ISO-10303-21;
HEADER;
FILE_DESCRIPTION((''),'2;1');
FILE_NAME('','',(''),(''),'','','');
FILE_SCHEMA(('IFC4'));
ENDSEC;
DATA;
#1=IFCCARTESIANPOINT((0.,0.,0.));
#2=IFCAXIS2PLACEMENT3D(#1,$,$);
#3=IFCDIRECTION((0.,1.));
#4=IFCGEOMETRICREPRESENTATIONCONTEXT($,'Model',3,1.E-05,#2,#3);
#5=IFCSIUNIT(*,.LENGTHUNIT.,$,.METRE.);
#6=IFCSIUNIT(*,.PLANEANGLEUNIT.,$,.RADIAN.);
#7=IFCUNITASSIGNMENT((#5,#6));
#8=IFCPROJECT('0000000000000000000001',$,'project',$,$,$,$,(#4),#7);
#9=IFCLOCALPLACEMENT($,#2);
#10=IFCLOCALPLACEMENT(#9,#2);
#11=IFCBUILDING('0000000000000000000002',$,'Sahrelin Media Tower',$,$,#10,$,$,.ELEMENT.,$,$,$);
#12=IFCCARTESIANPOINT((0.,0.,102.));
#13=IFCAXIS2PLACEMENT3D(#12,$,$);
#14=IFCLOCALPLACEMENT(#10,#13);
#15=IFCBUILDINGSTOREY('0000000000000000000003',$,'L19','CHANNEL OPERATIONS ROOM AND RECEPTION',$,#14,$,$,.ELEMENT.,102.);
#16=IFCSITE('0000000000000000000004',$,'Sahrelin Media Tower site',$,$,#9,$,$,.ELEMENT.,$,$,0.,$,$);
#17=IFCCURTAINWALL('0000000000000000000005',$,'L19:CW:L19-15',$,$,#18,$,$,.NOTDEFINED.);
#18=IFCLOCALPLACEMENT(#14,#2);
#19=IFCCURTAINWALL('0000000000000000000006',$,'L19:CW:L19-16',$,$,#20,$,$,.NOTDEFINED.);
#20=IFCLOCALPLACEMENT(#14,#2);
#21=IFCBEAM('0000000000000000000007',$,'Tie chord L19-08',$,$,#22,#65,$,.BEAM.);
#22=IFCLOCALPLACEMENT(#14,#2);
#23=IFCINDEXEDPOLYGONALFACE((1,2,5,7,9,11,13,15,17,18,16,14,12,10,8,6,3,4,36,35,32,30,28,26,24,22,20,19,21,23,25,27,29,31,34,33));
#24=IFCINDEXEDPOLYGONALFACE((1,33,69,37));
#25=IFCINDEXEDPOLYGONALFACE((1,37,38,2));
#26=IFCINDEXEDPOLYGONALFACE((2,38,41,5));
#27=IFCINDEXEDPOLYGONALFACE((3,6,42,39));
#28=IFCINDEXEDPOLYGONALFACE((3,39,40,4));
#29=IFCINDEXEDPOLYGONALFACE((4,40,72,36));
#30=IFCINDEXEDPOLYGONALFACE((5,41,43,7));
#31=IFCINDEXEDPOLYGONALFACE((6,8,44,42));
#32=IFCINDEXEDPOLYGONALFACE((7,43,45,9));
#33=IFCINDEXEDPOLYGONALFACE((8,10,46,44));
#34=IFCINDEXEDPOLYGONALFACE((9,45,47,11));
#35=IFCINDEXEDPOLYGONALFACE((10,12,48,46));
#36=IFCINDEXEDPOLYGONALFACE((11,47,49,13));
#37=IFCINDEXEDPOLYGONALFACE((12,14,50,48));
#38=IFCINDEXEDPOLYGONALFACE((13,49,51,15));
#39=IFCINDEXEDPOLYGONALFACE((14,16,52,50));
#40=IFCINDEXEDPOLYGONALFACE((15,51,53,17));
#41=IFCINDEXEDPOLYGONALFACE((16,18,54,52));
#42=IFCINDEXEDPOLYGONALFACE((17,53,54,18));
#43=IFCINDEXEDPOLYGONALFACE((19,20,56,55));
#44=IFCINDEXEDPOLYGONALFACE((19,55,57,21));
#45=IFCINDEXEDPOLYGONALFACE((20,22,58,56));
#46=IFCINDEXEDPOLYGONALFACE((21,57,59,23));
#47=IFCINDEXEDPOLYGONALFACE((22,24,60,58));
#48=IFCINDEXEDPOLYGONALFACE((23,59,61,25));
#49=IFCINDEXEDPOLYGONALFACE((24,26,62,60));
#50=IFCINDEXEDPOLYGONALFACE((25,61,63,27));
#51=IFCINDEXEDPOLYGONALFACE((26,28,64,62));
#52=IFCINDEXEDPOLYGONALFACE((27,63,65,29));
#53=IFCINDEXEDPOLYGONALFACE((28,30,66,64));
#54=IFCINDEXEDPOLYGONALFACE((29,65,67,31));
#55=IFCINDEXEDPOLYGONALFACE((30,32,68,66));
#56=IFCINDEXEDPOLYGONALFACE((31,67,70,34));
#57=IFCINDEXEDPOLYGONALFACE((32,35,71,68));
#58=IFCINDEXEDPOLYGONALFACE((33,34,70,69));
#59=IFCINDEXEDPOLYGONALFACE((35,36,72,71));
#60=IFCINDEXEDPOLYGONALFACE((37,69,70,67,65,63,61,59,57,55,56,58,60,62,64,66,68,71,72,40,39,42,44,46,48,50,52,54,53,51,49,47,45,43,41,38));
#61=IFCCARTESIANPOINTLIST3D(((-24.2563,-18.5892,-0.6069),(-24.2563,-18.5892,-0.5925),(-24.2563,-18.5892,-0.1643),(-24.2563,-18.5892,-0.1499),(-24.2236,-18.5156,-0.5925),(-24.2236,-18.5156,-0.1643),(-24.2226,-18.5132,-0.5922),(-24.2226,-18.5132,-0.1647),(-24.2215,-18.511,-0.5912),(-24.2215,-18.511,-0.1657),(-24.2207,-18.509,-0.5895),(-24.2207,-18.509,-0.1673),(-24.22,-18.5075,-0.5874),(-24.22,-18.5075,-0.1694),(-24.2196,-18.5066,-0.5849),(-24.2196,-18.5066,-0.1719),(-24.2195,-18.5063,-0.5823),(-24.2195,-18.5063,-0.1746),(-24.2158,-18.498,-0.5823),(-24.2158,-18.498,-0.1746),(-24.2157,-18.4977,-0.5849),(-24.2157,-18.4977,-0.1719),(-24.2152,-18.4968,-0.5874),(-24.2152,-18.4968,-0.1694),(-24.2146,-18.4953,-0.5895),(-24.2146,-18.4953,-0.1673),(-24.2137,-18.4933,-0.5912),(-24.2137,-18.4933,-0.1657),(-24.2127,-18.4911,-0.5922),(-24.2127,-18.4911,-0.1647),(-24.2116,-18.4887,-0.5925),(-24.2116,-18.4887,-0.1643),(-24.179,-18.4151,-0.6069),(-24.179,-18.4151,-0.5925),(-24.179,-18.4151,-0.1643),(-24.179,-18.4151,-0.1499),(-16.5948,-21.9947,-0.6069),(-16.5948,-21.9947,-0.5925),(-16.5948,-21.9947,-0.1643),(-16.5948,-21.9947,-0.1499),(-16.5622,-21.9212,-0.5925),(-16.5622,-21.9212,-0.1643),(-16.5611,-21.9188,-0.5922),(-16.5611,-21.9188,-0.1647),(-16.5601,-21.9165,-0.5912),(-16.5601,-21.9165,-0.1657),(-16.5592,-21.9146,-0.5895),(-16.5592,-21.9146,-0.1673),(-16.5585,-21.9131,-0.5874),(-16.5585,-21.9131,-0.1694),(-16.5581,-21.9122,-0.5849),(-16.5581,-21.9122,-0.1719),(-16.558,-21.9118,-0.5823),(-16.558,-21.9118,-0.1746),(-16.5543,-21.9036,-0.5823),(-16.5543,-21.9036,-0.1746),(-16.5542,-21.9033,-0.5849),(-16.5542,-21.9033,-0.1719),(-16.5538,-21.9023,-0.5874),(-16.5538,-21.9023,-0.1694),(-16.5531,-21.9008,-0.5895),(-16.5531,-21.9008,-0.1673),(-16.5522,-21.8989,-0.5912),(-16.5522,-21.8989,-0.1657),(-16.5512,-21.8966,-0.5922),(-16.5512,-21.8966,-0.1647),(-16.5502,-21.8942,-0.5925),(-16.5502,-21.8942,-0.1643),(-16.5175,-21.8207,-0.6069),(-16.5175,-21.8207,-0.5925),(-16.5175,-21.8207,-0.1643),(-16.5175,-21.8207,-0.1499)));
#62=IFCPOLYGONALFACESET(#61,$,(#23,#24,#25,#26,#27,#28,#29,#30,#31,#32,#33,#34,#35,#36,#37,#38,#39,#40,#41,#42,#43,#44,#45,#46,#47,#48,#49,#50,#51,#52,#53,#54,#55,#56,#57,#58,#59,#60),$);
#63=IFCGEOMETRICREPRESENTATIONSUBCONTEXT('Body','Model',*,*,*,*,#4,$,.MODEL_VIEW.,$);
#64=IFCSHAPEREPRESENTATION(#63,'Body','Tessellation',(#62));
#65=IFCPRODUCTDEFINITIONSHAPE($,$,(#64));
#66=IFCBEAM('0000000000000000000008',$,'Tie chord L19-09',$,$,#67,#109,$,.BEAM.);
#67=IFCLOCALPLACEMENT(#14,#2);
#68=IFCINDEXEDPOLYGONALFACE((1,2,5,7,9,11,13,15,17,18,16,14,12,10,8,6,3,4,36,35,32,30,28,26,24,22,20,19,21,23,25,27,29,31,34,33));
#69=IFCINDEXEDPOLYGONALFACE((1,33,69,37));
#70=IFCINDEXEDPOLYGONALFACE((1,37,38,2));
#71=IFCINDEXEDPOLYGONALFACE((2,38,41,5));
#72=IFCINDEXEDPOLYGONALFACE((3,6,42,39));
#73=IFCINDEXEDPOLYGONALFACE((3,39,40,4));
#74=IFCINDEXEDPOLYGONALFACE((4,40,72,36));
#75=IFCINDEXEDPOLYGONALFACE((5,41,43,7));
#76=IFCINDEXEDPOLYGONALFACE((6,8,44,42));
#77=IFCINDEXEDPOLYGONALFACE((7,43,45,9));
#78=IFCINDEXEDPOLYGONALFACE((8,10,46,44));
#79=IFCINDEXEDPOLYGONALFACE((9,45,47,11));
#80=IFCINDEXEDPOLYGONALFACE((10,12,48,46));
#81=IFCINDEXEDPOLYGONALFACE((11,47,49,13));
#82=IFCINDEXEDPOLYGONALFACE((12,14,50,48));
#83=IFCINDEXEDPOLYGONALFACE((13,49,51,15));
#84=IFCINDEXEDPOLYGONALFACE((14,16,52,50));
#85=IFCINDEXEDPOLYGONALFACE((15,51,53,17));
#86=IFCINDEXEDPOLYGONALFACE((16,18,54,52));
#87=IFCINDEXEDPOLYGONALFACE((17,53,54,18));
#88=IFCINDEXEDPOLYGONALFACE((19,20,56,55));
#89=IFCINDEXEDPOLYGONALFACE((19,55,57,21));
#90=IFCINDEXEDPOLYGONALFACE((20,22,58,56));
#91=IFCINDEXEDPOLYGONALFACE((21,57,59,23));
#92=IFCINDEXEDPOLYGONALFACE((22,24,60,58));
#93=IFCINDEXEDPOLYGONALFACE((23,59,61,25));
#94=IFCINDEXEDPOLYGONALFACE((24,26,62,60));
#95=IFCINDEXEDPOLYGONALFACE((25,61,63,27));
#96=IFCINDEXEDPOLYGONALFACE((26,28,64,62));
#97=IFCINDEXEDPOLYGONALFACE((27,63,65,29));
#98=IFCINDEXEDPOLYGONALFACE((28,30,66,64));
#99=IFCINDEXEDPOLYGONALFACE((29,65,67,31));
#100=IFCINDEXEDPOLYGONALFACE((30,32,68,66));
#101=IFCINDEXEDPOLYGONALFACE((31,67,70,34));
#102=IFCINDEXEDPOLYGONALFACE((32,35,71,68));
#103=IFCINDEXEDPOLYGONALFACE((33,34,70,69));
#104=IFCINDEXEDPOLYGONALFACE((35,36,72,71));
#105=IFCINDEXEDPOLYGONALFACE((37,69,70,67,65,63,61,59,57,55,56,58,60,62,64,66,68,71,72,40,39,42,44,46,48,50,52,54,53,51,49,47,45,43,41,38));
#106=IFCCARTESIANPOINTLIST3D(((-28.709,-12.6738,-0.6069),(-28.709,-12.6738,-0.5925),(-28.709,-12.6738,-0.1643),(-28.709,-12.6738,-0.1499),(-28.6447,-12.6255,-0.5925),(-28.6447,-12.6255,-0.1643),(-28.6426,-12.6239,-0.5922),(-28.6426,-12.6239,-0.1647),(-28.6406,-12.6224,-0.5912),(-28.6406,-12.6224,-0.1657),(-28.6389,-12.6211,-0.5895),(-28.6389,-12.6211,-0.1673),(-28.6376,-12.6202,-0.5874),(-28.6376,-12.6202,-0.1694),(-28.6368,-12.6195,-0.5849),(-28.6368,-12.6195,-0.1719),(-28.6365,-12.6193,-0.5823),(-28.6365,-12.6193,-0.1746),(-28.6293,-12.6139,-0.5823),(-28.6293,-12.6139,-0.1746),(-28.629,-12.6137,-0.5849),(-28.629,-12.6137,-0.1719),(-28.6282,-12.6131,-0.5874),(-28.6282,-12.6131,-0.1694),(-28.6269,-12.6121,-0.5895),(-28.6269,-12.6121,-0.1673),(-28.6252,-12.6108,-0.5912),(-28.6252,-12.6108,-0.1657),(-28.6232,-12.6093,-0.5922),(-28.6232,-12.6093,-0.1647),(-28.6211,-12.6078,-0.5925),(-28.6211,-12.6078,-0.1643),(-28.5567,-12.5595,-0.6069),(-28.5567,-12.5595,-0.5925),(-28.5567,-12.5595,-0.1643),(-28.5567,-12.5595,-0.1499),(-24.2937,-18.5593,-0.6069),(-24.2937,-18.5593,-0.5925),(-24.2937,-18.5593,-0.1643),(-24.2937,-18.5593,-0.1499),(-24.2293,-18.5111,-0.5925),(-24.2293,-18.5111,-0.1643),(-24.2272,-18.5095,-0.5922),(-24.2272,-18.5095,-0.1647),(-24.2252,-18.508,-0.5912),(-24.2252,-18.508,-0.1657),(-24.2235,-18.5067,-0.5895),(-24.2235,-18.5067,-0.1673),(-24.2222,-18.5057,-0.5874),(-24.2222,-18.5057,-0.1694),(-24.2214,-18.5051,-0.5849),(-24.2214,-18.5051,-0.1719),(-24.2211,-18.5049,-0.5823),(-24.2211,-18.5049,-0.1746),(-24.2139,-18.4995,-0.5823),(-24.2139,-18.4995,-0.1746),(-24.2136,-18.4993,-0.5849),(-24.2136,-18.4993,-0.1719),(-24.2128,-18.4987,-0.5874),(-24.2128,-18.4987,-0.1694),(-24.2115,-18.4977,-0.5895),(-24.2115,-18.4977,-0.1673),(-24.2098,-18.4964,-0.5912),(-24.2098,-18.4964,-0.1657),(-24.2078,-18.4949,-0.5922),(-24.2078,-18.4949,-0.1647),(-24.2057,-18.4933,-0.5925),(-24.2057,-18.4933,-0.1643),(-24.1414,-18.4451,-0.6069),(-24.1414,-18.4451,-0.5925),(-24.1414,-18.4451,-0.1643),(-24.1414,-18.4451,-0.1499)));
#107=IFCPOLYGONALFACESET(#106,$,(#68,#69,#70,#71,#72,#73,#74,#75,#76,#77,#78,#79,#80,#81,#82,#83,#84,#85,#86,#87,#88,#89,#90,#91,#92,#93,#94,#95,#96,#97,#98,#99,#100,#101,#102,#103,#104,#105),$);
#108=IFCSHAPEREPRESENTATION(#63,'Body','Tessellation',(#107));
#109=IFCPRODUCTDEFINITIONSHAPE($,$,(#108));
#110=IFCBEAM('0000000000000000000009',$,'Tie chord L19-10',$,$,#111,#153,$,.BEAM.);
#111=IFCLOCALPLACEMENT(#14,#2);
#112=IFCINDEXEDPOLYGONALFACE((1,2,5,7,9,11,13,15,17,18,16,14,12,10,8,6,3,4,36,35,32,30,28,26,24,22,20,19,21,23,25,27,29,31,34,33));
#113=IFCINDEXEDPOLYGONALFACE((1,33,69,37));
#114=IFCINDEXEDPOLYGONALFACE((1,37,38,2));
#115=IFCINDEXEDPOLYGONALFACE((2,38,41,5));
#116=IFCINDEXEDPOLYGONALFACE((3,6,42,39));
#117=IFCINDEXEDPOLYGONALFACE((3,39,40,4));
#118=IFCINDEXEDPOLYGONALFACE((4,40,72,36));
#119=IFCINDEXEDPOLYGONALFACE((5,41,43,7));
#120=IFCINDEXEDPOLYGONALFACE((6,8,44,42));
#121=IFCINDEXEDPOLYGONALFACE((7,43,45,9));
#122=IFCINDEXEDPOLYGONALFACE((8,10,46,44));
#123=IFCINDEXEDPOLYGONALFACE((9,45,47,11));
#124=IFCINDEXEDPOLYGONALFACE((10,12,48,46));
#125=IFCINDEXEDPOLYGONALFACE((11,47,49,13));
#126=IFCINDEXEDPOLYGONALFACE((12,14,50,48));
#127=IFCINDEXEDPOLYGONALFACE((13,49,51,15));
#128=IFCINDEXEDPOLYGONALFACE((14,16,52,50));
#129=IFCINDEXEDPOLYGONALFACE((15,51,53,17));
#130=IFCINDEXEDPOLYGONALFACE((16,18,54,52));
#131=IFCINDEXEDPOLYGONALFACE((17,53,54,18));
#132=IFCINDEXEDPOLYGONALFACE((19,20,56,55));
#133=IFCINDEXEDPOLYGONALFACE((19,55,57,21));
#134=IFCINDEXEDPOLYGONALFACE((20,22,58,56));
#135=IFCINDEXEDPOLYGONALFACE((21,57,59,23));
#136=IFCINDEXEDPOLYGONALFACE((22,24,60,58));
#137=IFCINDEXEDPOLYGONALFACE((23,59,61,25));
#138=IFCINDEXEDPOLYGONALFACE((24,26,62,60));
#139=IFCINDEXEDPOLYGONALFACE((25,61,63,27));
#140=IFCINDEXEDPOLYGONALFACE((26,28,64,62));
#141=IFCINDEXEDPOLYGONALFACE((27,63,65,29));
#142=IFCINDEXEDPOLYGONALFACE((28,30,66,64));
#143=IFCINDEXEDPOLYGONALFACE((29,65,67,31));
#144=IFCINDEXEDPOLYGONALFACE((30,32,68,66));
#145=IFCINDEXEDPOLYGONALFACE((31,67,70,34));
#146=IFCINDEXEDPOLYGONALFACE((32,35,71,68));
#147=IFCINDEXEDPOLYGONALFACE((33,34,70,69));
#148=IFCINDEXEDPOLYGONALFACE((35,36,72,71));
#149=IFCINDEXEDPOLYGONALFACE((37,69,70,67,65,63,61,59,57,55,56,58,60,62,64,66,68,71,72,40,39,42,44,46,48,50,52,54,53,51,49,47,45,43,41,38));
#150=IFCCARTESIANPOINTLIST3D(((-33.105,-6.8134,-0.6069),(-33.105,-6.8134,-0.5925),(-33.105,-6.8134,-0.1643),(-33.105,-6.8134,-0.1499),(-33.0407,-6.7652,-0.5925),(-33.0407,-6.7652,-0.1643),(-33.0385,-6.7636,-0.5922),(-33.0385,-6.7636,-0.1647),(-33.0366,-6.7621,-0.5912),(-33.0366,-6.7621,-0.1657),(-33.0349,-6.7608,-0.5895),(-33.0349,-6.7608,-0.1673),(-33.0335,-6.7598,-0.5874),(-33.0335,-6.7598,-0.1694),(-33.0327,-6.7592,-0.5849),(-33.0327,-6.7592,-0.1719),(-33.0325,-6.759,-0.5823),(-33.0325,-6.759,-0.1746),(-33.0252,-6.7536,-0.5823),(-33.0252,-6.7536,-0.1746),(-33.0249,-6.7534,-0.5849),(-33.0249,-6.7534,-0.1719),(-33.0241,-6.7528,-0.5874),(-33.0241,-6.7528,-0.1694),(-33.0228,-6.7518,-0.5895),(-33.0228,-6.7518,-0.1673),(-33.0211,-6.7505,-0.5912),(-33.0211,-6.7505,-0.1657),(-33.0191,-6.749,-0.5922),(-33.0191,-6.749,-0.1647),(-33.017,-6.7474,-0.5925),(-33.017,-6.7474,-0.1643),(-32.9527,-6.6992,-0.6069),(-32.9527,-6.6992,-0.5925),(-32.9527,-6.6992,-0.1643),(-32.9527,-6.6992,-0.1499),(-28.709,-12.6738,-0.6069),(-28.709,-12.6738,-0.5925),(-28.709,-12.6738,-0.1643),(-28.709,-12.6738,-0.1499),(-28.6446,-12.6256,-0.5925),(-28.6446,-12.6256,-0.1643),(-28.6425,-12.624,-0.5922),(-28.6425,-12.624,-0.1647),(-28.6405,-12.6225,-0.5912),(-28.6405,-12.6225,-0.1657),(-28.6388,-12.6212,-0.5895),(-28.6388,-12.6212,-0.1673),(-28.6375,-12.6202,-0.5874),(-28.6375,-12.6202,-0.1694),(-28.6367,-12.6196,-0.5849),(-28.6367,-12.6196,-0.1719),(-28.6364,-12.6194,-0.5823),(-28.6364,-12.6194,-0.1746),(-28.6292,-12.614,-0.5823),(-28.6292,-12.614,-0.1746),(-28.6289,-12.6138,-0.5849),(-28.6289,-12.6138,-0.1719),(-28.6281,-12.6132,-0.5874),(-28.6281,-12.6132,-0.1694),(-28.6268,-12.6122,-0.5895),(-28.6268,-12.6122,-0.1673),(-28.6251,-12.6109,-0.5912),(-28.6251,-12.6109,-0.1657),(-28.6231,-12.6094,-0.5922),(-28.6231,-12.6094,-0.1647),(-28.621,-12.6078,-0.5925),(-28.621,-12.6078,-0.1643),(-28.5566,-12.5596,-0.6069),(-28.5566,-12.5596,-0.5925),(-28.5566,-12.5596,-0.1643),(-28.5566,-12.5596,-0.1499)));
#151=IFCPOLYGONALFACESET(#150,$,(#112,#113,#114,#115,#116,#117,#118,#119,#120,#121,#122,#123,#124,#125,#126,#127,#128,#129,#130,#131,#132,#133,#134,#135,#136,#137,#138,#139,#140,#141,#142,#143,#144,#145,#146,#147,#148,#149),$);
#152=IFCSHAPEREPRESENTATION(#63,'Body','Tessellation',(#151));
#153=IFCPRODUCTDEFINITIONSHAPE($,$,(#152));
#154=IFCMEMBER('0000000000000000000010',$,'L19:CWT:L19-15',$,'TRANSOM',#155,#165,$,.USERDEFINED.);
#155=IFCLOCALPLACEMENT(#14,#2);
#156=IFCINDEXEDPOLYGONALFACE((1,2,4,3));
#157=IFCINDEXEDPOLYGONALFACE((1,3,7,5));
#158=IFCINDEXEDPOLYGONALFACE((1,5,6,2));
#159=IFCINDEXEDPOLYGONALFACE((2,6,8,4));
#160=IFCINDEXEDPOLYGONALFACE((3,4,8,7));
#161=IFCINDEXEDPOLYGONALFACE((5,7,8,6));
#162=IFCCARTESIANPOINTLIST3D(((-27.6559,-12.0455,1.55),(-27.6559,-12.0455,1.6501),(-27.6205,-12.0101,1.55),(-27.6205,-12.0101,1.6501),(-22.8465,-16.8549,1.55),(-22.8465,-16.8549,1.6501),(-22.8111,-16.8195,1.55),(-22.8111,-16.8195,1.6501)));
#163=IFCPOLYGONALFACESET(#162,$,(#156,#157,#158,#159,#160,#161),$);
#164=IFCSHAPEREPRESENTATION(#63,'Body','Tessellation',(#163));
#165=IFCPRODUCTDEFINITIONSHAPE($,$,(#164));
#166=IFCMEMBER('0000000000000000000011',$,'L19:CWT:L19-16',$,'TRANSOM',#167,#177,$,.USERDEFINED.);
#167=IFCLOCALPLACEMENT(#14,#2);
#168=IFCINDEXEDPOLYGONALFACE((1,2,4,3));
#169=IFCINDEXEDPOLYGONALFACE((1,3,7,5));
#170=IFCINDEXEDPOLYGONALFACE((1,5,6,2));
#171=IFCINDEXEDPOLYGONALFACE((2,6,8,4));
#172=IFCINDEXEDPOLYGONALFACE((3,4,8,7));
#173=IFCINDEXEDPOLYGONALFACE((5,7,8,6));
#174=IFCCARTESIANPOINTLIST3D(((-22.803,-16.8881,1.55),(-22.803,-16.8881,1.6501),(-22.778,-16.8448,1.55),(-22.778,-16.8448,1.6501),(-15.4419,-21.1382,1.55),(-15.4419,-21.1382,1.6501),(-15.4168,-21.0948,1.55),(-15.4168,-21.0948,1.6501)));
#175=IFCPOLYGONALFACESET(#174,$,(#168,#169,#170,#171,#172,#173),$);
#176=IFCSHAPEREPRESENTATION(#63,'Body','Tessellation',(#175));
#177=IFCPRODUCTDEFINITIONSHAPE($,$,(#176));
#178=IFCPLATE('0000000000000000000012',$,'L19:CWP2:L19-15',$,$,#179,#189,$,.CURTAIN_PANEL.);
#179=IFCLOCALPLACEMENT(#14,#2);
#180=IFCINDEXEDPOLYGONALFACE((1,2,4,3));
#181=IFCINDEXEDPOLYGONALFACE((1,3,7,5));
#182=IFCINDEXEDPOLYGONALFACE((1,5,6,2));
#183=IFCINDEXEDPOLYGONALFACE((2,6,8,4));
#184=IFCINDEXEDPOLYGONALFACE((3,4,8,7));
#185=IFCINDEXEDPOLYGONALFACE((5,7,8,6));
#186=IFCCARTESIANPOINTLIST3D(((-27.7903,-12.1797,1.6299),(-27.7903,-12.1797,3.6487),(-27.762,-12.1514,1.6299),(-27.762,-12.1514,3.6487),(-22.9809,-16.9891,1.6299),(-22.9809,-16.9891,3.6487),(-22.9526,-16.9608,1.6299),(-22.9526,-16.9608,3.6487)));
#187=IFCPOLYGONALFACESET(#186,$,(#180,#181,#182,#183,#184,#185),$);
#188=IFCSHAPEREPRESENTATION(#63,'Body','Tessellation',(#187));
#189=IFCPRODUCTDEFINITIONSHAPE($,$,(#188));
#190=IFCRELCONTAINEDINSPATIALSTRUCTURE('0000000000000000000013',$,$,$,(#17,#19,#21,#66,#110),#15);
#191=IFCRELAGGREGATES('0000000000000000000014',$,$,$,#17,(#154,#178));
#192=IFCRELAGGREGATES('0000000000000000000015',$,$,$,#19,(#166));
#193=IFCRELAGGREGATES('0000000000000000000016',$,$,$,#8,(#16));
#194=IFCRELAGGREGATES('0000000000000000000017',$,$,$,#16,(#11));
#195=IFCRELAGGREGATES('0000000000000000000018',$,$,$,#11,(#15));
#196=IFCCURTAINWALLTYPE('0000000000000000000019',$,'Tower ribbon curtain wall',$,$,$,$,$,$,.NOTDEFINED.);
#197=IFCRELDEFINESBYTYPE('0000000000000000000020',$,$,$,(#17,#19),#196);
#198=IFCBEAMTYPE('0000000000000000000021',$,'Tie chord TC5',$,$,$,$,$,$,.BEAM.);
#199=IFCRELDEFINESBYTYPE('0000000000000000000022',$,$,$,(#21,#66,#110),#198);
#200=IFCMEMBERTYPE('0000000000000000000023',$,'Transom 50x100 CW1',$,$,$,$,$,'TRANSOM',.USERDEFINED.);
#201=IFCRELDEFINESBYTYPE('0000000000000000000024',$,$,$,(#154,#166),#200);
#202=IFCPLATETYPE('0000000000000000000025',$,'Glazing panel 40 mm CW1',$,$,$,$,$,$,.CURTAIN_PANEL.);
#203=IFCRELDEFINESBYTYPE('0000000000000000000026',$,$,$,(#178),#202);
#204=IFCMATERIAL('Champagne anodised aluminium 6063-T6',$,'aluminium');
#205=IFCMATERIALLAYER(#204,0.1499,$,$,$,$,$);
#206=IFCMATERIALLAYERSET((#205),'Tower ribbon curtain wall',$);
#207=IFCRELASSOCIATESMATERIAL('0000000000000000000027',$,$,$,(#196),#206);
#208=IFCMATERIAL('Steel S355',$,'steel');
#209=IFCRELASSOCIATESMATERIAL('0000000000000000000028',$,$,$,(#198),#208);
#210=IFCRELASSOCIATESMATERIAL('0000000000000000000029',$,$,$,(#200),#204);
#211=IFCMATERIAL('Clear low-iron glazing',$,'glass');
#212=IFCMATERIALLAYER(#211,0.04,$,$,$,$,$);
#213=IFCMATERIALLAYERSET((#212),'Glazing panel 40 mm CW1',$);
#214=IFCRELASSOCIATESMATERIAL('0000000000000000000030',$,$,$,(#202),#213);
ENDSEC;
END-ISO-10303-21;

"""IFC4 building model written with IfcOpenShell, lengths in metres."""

from ifc_helpers import new_model, si_unit, direction, frame, origin, origin_2d, place, context, subcontext, project, spatial, polyline, rectangle, i_section, outline, extrude, material, layer, layer_set, material_profile, profile_set, type_object, element, aggregate, save


model = new_model("IFC4")

# Units and contexts
model_context = context("Model", 3, precision=1e-05, world=origin(), true_north=direction((0.0, 1.0)))
body_context = subcontext(model_context, "Body", "Model", "MODEL_VIEW")
ifc_project = project(units=[si_unit("LENGTHUNIT", "METRE"), si_unit("PLANEANGLEUNIT", "RADIAN")], contexts=[model_context])

# Site, building, storey
site_placement = place(None, origin())
site = spatial("IfcSite", under=ifc_project, at=site_placement, Name="Sahrelin Media Tower site", CompositionType="ELEMENT", RefElevation=0.0)
building_placement = place(site_placement, origin())
building = spatial("IfcBuilding", under=site, at=building_placement, Name="Sahrelin Media Tower", CompositionType="ELEMENT")
storey_placement = place(building_placement, frame((0.0, 0.0, 102.0)))
storey = spatial("IfcBuildingStorey", under=building, at=storey_placement, Name="L19", Description="CHANNEL OPERATIONS ROOM AND RECEPTION", CompositionType="ELEMENT", Elevation=102.0)

# Shared definitions
ifc_material_1 = material(Name="Steel S355", Category="steel")

# Curtain walls
ifc_material_2 = material(Name="Champagne anodised aluminium 6063-T6", Category="aluminium")
ifc_layer_1 = layer(ifc_material_2, 0.1499)
ifc_layer_set_1 = layer_set([ifc_layer_1], Name="Tower ribbon curtain wall")
curtain_wall_type = type_object("IfcCurtainWallType", Name="Tower ribbon curtain wall", PredefinedType="NOTDEFINED", material=ifc_layer_set_1)
curtain_wall_1_placement = place(storey_placement, frame((-25.3713, -14.5703, 0.0), z_axis=(0.0, 0.0, 1.0), x_axis=(1.0, 0.0, 0.0)))
curtain_wall_1 = element("IfcCurtainWall", 1, at=curtain_wall_1_placement, inside=storey, type_object=curtain_wall_type, Name="L19:CW:L19-15", PredefinedType="NOTDEFINED")
curtain_wall_2_placement = place(storey_placement, frame((-19.2075, -19.1604, 0.0), z_axis=(0.0, 0.0, 1.0), x_axis=(1.0, 0.0, 0.0)))
curtain_wall_2 = element("IfcCurtainWall", 2, at=curtain_wall_2_placement, inside=storey, type_object=curtain_wall_type, Name="L19:CW:L19-16", PredefinedType="NOTDEFINED")

# Beams
ifc_material_profile_1 = material_profile(ifc_material_1, i_section(OverallWidth=0.1904, OverallDepth=0.457, WebThickness=0.009, FlangeThickness=0.0144, FilletRadius=0.0103, at=origin_2d()), Name="UB 457x191x74")
ifc_profile_set_1 = profile_set([ifc_material_profile_1], Name="Steel S355")
beam_type_1 = type_object("IfcBeamType", Name="Tie chord TC5", PredefinedType="BEAM", material=ifc_profile_set_1)
beam_1_placement = place(storey_placement, frame((-16.5562, -21.9077, -0.3784), z_axis=(-0.913791, 0.406184, 0.0), x_axis=(-0.406184, -0.913791, 0.0)))
element("IfcBeam", 3, at=beam_1_placement, inside=storey, type_object=beam_type_1, Name="Tie chord L19-08", PredefinedType="BEAM", context=body_context, shape_type="SweptSolid", body=[
    extrude(i_section(OverallWidth=0.1904, OverallDepth=0.457, WebThickness=0.009, FlangeThickness=0.0144, FilletRadius=0.0103, at=origin_2d()), origin(), (0.0, 0.0, 1.0), 8.3843),
])
beam_2_placement = place(storey_placement, frame((-24.2175, -18.5022, -0.3784), z_axis=(-0.600101, 0.799924, 0.0), x_axis=(-0.799924, -0.600101, 0.0)))
element("IfcBeam", 4, at=beam_2_placement, inside=storey, type_object=beam_type_1, Name="Tie chord L19-09", PredefinedType="BEAM", context=body_context, shape_type="SweptSolid", body=[
    extrude(i_section(OverallWidth=0.1904, OverallDepth=0.457, WebThickness=0.009, FlangeThickness=0.0144, FilletRadius=0.0103, at=origin_2d()), origin(), (0.0, 0.0, 1.0), 7.3577),
])
beam_3_placement = place(storey_placement, frame((-28.6328, -12.6167, -0.3784), z_axis=(-0.600064, 0.799952, 0.0), x_axis=(-0.799952, -0.600064, 0.0)))
element("IfcBeam", 5, at=beam_3_placement, inside=storey, type_object=beam_type_1, Name="Tie chord L19-10", PredefinedType="BEAM", context=body_context, shape_type="SweptSolid", body=[
    extrude(i_section(OverallWidth=0.1904, OverallDepth=0.457, WebThickness=0.009, FlangeThickness=0.0144, FilletRadius=0.0103, at=origin_2d()), origin(), (0.0, 0.0, 1.0), 7.3259),
])

# Members
ifc_material_profile_2 = material_profile(ifc_material_2, rectangle(XDim=0.05, YDim=0.1001, at=origin_2d()), Name="Transom 50x100")
ifc_profile_set_2 = profile_set([ifc_material_profile_2], Name="Champagne anodised aluminium 6063-T6")
member_type_1 = type_object("IfcMemberType", Name="Transom 50x100 CW1", ElementType="TRANSOM", PredefinedType="USERDEFINED", material=ifc_profile_set_2)
member_1_placement = place(storey_placement, frame((-27.6382, -12.0278, 1.6001), z_axis=(0.707107, -0.707107, 0.0), x_axis=(0.707107, 0.707107, 0.0)))
member_1 = element("IfcMember", 6, at=member_1_placement, type_object=member_type_1, Name="L19:CWT:L19-15", ObjectType="TRANSOM", PredefinedType="USERDEFINED", context=body_context, shape_type="SweptSolid", body=[
    extrude(rectangle(XDim=0.05, YDim=0.1001, at=origin_2d()), origin(), (0.0, 0.0, 1.0), 6.8015),
])
member_2_placement = place(storey_placement, frame((-22.7905, -16.8665, 1.6001), z_axis=(0.866022, -0.500007, 0.0), x_axis=(0.500007, 0.866022, 0.0)))
member_2 = element("IfcMember", 7, at=member_2_placement, type_object=member_type_1, Name="L19:CWT:L19-16", ObjectType="TRANSOM", PredefinedType="USERDEFINED", context=body_context, shape_type="SweptSolid", body=[
    extrude(rectangle(XDim=0.05, YDim=0.1001, at=origin_2d()), origin(), (0.0, 0.0, 1.0), 8.5),
])

# Plate
ifc_material_3 = material(Name="Clear low-iron glazing", Category="glass")
ifc_layer_2 = layer(ifc_material_3, 0.04)
ifc_layer_set_2 = layer_set([ifc_layer_2], Name="Glazing panel 40 mm CW1")
plate_type_1 = type_object("IfcPlateType", Name="Glazing panel 40 mm CW1", PredefinedType="CURTAIN_PANEL", material=ifc_layer_set_2)
plate_1_placement = place(storey_placement, frame((-27.7903, -12.1797, 1.6299), z_axis=(-0.707107, -0.707107, 0.0), x_axis=(0.707107, -0.707107, 0.0)))
plate_1 = element("IfcPlate", 8, at=plate_1_placement, type_object=plate_type_1, Name="L19:CWP2:L19-15", PredefinedType="CURTAIN_PANEL", context=body_context, shape_type="SweptSolid", body=[
    extrude(outline(polyline([(0.0, 0.0), (6.8015, 0.0), (6.8015, 2.0188), (0.0, 2.0188), (0.0, 0.0)])), origin(), (0.0, 0.0, -1.0), 0.04),
])

aggregate(curtain_wall_1, [member_1, plate_1])
aggregate(curtain_wall_2, [member_2])

save(model, "model.ifc")
